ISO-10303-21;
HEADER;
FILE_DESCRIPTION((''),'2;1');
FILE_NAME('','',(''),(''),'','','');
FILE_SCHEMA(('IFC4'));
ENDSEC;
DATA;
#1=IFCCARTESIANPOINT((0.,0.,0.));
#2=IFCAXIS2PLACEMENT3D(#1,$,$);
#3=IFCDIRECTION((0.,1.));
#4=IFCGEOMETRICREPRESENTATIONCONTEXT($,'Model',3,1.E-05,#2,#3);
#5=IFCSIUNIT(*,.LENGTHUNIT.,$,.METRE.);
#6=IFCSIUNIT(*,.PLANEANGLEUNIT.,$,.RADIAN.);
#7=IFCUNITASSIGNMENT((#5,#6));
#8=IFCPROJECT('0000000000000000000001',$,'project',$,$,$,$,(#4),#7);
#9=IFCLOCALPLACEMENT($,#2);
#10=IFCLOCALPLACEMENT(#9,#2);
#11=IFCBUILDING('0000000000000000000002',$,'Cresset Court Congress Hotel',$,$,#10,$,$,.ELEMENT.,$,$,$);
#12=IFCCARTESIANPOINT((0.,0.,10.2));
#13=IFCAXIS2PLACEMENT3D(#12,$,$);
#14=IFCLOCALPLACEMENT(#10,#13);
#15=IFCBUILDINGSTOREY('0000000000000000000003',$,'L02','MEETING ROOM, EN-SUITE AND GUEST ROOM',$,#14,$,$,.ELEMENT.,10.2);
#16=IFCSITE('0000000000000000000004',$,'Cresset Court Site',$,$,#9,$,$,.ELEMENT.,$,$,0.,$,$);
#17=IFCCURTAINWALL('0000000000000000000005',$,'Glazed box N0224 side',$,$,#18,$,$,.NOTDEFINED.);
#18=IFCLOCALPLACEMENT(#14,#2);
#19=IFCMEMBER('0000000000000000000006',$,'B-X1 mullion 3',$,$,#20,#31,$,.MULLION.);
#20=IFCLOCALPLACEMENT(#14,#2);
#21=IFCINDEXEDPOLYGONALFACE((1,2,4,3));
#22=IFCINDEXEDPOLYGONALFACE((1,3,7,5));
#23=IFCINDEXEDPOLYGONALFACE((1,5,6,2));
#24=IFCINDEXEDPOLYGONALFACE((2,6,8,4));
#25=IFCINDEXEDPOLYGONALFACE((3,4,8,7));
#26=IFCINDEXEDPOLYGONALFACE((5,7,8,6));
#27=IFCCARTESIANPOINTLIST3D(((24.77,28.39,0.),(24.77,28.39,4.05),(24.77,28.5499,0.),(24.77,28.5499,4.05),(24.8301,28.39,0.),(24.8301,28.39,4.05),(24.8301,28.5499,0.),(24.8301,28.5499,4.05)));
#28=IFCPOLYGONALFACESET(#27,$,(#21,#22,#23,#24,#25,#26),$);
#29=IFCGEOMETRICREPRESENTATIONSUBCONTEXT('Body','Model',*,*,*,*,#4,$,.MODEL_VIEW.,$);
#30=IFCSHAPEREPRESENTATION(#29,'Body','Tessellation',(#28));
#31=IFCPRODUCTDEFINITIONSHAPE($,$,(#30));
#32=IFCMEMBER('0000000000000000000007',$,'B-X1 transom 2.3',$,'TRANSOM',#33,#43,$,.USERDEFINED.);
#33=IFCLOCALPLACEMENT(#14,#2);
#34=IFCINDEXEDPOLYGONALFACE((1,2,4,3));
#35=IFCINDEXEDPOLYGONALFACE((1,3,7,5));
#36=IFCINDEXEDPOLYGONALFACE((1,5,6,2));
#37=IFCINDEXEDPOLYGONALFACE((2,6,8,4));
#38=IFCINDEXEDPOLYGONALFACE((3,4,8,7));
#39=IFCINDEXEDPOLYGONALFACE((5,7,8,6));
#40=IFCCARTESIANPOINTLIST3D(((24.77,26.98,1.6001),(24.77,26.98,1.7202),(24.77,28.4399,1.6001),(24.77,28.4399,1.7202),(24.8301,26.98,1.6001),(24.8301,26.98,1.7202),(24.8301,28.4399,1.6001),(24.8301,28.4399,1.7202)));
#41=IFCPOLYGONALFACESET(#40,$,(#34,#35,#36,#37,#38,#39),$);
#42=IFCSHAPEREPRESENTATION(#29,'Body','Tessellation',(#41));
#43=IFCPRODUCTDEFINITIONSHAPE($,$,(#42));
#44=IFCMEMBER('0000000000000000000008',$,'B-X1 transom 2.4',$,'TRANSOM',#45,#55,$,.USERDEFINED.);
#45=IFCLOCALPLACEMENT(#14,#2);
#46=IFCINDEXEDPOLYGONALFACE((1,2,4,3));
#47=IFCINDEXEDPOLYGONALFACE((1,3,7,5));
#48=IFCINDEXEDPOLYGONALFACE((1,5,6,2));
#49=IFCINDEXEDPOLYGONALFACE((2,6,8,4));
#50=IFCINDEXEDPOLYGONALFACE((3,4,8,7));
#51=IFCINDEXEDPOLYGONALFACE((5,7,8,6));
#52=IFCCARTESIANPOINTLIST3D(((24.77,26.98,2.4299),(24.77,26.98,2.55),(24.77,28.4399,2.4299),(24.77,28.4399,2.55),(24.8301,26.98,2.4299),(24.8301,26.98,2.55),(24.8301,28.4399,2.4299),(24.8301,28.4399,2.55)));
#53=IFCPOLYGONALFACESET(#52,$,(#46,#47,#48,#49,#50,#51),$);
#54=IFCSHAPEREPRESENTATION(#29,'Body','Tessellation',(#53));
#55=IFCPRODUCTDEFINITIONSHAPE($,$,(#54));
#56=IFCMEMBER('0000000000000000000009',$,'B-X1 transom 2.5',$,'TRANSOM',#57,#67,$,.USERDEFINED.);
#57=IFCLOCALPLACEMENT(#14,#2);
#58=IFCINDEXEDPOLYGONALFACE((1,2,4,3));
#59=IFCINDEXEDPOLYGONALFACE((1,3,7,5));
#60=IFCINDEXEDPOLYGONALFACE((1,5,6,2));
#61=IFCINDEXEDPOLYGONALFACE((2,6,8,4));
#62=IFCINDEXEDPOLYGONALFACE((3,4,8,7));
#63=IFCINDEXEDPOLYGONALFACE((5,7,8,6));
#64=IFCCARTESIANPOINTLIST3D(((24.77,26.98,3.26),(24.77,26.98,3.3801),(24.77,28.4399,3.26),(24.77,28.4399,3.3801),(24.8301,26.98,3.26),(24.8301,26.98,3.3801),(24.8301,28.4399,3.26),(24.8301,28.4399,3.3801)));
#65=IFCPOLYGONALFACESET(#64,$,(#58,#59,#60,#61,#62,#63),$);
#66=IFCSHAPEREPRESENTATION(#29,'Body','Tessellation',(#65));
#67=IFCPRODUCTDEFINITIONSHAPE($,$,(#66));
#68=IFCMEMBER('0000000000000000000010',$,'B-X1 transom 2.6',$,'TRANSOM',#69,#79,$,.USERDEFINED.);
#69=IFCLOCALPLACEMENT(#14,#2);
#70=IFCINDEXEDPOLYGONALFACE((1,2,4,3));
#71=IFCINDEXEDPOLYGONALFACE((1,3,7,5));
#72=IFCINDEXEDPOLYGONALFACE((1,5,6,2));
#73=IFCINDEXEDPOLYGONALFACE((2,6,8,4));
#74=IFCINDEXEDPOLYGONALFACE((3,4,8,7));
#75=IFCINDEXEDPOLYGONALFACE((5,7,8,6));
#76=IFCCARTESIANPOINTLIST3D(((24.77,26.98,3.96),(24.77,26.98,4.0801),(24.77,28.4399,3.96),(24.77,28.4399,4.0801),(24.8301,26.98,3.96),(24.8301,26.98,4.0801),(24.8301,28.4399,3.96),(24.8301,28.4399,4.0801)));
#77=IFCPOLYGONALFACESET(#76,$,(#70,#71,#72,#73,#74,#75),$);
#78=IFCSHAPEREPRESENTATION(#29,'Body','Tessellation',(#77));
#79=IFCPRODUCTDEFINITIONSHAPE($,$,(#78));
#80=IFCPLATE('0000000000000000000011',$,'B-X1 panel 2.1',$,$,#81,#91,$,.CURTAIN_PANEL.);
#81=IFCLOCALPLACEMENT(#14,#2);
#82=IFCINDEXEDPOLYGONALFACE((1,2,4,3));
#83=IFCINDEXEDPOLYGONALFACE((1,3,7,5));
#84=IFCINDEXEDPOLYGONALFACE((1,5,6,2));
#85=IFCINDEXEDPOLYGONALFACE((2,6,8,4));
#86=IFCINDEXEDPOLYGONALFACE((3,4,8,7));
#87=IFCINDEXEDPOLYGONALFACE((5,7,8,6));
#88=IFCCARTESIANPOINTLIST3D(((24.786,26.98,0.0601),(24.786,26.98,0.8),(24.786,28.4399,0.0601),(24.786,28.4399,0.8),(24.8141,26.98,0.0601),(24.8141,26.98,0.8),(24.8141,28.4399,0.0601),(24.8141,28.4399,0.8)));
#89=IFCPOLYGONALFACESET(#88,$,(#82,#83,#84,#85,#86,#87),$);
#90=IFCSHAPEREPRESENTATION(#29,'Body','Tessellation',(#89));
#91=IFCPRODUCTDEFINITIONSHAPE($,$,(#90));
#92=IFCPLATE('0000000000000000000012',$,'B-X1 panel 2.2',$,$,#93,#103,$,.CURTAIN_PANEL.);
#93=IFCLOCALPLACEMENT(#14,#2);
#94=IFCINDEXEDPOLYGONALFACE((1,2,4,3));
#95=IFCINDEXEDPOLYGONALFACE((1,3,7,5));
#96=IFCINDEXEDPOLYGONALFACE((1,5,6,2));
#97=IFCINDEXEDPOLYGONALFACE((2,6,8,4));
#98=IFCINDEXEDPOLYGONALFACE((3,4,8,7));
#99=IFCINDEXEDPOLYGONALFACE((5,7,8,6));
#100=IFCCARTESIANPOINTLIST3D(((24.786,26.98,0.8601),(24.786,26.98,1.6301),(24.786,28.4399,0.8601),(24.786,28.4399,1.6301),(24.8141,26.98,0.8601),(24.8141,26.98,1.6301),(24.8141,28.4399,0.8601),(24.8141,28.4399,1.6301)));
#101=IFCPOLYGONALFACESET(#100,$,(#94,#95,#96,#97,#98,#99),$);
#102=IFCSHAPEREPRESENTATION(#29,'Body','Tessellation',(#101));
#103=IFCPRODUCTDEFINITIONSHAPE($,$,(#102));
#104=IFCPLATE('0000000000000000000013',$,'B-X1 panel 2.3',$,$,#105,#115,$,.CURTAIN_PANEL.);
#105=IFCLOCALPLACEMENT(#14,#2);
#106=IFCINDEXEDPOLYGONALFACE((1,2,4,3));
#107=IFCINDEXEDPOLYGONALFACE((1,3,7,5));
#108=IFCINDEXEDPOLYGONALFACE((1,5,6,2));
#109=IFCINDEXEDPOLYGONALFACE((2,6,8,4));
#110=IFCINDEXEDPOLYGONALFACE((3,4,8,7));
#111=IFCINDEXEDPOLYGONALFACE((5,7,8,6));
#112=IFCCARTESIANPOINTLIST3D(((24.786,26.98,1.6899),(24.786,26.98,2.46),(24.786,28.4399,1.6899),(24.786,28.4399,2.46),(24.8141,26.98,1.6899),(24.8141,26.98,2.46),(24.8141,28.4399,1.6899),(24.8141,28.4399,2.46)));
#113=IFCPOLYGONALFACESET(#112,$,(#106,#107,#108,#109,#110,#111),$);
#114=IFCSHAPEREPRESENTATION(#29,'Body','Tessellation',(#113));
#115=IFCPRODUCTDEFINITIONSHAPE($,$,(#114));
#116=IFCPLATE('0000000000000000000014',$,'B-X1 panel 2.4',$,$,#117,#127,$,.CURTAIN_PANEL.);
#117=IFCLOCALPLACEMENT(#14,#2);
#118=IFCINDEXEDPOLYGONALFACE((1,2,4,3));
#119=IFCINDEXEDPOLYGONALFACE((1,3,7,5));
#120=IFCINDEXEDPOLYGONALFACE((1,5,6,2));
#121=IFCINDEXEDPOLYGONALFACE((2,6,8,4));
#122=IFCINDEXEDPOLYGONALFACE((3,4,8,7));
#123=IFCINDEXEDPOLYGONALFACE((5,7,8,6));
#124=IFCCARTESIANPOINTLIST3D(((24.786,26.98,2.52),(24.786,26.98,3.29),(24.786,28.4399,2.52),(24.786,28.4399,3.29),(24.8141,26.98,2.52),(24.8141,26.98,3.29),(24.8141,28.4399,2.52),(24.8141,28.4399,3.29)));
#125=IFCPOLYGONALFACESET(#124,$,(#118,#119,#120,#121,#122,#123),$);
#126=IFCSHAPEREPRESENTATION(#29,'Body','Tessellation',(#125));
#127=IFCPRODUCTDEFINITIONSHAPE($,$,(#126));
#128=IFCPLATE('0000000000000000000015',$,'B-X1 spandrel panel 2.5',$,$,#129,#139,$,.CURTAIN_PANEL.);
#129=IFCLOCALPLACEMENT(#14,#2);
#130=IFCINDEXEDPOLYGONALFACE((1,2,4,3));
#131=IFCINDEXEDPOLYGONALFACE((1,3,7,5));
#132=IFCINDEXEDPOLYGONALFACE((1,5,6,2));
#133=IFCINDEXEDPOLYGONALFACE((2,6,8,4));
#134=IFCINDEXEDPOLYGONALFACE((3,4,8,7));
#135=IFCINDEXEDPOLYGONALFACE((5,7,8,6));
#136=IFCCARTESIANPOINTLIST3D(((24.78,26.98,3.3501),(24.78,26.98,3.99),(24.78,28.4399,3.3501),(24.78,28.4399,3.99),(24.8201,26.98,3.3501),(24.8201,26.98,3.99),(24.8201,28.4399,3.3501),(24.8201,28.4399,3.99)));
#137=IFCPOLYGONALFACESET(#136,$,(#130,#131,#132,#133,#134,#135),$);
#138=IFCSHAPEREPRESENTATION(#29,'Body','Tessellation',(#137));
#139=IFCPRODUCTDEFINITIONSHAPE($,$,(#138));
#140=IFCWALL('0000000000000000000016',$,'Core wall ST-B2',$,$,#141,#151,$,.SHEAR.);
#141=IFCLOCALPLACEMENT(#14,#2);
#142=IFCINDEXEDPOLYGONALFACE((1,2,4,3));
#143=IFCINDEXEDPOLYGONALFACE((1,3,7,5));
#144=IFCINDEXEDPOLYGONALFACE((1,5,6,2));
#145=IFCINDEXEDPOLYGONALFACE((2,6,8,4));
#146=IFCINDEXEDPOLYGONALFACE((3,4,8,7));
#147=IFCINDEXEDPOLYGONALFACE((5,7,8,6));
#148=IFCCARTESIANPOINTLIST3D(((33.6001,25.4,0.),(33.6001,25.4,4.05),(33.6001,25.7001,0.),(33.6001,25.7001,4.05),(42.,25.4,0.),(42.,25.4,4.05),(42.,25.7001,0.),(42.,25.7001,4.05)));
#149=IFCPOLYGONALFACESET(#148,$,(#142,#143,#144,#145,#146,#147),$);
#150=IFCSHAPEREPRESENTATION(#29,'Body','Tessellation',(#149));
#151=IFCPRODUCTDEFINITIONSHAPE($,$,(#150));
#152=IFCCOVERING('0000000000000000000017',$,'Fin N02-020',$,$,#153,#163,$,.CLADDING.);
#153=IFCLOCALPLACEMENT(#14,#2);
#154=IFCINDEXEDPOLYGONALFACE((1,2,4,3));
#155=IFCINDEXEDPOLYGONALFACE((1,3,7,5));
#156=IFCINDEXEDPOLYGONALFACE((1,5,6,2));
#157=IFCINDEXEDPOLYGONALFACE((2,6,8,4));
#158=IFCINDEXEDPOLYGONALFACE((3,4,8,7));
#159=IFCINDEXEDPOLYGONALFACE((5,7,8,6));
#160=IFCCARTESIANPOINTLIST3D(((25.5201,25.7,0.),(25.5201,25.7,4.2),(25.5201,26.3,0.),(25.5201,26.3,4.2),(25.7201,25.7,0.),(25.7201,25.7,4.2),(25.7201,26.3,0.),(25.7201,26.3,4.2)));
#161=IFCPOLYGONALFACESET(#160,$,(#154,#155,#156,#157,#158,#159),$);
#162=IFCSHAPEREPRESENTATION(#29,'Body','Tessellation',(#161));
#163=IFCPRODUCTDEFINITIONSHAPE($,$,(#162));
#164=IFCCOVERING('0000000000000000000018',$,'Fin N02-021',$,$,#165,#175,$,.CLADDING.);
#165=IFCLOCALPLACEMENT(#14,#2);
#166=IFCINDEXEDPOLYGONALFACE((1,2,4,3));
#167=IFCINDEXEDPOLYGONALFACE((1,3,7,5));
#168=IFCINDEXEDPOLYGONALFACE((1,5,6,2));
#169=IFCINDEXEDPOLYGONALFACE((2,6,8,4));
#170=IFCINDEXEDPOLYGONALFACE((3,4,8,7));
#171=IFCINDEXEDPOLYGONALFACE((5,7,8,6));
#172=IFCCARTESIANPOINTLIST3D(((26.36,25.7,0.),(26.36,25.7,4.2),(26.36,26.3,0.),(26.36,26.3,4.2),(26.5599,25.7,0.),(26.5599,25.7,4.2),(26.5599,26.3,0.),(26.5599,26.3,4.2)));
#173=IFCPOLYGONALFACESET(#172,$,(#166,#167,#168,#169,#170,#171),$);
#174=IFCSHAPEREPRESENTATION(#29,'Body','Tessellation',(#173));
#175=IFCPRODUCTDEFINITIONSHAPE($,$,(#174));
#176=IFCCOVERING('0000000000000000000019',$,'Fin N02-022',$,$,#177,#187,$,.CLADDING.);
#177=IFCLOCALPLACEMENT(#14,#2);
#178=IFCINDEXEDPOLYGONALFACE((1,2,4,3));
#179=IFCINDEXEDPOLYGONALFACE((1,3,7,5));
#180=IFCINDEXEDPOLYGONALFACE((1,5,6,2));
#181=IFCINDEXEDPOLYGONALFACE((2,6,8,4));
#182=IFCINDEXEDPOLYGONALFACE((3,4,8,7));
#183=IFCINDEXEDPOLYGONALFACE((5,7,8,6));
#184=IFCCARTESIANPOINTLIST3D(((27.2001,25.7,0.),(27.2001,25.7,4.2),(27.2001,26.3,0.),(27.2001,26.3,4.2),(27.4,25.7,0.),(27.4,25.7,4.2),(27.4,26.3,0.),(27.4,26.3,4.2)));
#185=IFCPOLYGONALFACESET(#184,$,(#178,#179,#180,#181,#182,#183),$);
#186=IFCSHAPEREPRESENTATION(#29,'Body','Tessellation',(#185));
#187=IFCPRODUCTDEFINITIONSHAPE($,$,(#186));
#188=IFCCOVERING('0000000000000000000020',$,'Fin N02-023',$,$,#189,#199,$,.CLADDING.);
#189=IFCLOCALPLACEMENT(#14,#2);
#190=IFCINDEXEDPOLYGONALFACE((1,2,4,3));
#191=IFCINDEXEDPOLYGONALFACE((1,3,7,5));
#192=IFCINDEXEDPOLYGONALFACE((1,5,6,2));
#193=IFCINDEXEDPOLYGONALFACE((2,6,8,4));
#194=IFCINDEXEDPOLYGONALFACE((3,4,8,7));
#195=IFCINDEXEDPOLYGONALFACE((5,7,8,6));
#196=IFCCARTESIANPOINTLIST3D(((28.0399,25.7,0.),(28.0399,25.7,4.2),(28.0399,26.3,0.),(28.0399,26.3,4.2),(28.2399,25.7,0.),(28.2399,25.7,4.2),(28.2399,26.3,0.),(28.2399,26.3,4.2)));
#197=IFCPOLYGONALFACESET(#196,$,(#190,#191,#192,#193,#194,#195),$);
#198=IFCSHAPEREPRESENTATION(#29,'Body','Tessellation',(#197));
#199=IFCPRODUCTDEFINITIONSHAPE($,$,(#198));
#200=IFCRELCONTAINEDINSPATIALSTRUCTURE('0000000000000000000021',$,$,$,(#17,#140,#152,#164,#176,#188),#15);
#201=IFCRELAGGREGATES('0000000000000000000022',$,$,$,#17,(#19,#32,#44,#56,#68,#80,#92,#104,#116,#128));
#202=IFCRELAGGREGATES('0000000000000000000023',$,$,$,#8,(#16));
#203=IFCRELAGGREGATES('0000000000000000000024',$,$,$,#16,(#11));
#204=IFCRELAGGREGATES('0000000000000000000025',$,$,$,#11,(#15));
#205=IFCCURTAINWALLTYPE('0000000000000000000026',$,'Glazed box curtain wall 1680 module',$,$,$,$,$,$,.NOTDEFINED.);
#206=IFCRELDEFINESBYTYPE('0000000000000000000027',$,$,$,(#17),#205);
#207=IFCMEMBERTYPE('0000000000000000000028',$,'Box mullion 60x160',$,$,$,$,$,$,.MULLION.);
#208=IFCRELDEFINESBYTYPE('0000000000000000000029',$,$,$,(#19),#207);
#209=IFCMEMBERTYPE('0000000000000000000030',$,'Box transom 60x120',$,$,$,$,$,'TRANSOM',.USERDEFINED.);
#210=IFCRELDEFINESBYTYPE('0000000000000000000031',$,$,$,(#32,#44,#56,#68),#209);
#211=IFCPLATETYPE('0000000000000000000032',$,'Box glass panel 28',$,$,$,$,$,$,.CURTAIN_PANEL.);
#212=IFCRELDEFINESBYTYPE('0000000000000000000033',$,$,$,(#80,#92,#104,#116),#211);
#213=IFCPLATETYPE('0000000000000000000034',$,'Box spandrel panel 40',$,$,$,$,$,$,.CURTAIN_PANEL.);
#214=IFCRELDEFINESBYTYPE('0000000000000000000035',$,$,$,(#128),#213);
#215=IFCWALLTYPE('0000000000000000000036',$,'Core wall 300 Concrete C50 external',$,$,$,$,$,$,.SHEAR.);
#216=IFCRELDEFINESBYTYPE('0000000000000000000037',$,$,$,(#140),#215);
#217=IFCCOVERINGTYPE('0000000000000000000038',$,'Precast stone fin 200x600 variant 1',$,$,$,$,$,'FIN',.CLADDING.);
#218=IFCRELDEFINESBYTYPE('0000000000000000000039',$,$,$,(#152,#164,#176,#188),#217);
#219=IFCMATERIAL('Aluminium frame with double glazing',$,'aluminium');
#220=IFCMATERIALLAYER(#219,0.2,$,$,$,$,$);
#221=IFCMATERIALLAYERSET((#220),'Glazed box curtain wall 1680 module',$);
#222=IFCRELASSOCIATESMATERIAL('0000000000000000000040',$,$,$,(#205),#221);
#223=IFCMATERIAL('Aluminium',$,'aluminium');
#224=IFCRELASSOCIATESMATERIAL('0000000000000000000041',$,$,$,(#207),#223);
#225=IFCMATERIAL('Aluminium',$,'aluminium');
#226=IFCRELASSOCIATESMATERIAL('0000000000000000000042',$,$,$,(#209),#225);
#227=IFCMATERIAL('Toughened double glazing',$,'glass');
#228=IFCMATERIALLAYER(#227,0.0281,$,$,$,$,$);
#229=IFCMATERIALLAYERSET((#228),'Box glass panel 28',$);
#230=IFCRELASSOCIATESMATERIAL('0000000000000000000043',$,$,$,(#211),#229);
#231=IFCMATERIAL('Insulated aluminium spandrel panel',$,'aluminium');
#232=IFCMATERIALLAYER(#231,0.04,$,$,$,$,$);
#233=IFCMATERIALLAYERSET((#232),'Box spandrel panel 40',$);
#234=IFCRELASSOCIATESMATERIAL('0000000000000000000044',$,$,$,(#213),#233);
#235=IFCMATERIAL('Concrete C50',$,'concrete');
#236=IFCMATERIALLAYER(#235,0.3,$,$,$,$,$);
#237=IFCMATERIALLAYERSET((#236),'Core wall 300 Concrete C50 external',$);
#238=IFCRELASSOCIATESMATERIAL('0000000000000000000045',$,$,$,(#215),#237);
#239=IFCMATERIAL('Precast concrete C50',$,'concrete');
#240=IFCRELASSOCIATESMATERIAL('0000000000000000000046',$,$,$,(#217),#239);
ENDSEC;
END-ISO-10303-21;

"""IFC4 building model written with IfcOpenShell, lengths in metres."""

from ifc_helpers import new_model, si_unit, direction, frame, frame_2d, origin, origin_2d, place, context, subcontext, project, spatial, rectangle, extrude, material, layer, layer_set, material_profile, profile_set, type_object, element, aggregate, save


model = new_model("IFC4")

# Units and contexts
model_context = context("Model", 3, precision=1e-05, world=origin(), true_north=direction((0.0, 1.0)))
body_context = subcontext(model_context, "Body", "Model", "MODEL_VIEW")
ifc_project = project(units=[si_unit("LENGTHUNIT", "METRE"), si_unit("PLANEANGLEUNIT", "RADIAN")], contexts=[model_context])

# Site, building, storey
site_placement = place(None, origin())
site = spatial("IfcSite", under=ifc_project, at=site_placement, Name="Cresset Court Site", CompositionType="ELEMENT", RefElevation=0.0)
building_placement = place(site_placement, origin())
building = spatial("IfcBuilding", under=site, at=building_placement, Name="Cresset Court Congress Hotel", CompositionType="ELEMENT")
storey_placement = place(building_placement, frame((0.0, 0.0, 10.2)))
storey = spatial("IfcBuildingStorey", under=building, at=storey_placement, Name="L02", Description="MEETING ROOM, EN-SUITE AND GUEST ROOM", CompositionType="ELEMENT", Elevation=10.2)

# Curtain wall, members, plates
ifc_material_1 = material(Name="Aluminium frame with double glazing", Category="aluminium")
ifc_layer_1 = layer(ifc_material_1, 0.2)
ifc_layer_set_1 = layer_set([ifc_layer_1], Name="Glazed box curtain wall 1680 module")
curtain_wall_type = type_object("IfcCurtainWallType", Name="Glazed box curtain wall 1680 module", PredefinedType="NOTDEFINED", material=ifc_layer_set_1)
curtain_wall_placement = place(storey_placement, origin())
curtain_wall = element("IfcCurtainWall", 1, at=curtain_wall_placement, inside=storey, type_object=curtain_wall_type, Name="Glazed box N0224 side", PredefinedType="NOTDEFINED")
ifc_material_2 = material(Name="Aluminium", Category="aluminium")
ifc_material_profile_1 = material_profile(ifc_material_2, rectangle(XDim=0.0601, YDim=0.1599, at=origin_2d()), Name="Box mullion 60x160")
ifc_profile_set_1 = profile_set([ifc_material_profile_1], Name="Aluminium")
member_type_1 = type_object("IfcMemberType", Name="Box mullion 60x160", PredefinedType="MULLION", material=ifc_profile_set_1)
member_1_placement = place(storey_placement, frame((24.8, 28.47, 0.0), z_axis=(0.0, 0.0, 1.0), x_axis=(-1.0, 0.0, 0.0)))
member_1 = element("IfcMember", 2, at=member_1_placement, type_object=member_type_1, Name="B-X1 mullion 3", PredefinedType="MULLION", context=body_context, shape_type="SweptSolid", body=[
    extrude(rectangle(XDim=0.0601, YDim=0.1599, at=origin_2d()), origin(), (0.0, 0.0, 1.0), 4.05),
])
ifc_material_3 = material(Name="Aluminium", Category="aluminium")
ifc_material_profile_2 = material_profile(ifc_material_3, rectangle(XDim=0.0601, YDim=0.1201, at=origin_2d()), Name="Box transom 60x120")
ifc_profile_set_2 = profile_set([ifc_material_profile_2], Name="Aluminium")
member_type_2 = type_object("IfcMemberType", Name="Box transom 60x120", ElementType="TRANSOM", PredefinedType="USERDEFINED", material=ifc_profile_set_2)
member_2_placement = place(storey_placement, frame((24.8, 26.98, 1.6602), z_axis=(0.0, 1.0, 0.0), x_axis=(-1.0, 0.0, 0.0)))
member_2 = element("IfcMember", 3, at=member_2_placement, type_object=member_type_2, Name="B-X1 transom 2.3", ObjectType="TRANSOM", PredefinedType="USERDEFINED", context=body_context, shape_type="SweptSolid", body=[
    extrude(rectangle(XDim=0.0601, YDim=0.1201, at=origin_2d()), origin(), (0.0, 0.0, 1.0), 1.46),
])
member_3_placement = place(storey_placement, frame((24.8, 26.98, 2.49), z_axis=(0.0, 1.0, 0.0), x_axis=(-1.0, 0.0, 0.0)))
member_3 = element("IfcMember", 4, at=member_3_placement, type_object=member_type_2, Name="B-X1 transom 2.4", ObjectType="TRANSOM", PredefinedType="USERDEFINED", context=body_context, shape_type="SweptSolid", body=[
    extrude(rectangle(XDim=0.0601, YDim=0.1201, at=origin_2d()), origin(), (0.0, 0.0, 1.0), 1.46),
])
member_4_placement = place(storey_placement, frame((24.8, 26.98, 3.3201), z_axis=(0.0, 1.0, 0.0), x_axis=(-1.0, 0.0, 0.0)))
member_4 = element("IfcMember", 5, at=member_4_placement, type_object=member_type_2, Name="B-X1 transom 2.5", ObjectType="TRANSOM", PredefinedType="USERDEFINED", context=body_context, shape_type="SweptSolid", body=[
    extrude(rectangle(XDim=0.0601, YDim=0.1201, at=origin_2d()), origin(), (0.0, 0.0, 1.0), 1.46),
])
member_5_placement = place(storey_placement, frame((24.8, 26.98, 4.02), z_axis=(0.0, 1.0, 0.0), x_axis=(-1.0, 0.0, 0.0)))
member_5 = element("IfcMember", 6, at=member_5_placement, type_object=member_type_2, Name="B-X1 transom 2.6", ObjectType="TRANSOM", PredefinedType="USERDEFINED", context=body_context, shape_type="SweptSolid", body=[
    extrude(rectangle(XDim=0.0601, YDim=0.1201, at=origin_2d()), origin(), (0.0, 0.0, 1.0), 1.46),
])
ifc_material_4 = material(Name="Toughened double glazing", Category="glass")
ifc_layer_2 = layer(ifc_material_4, 0.0281)
ifc_layer_set_2 = layer_set([ifc_layer_2], Name="Box glass panel 28")
plate_type_1 = type_object("IfcPlateType", Name="Box glass panel 28", PredefinedType="CURTAIN_PANEL", material=ifc_layer_set_2)
plate_1_placement = place(storey_placement, frame((24.8, 27.71, 0.0601), z_axis=(0.0, 0.0, 1.0), x_axis=(0.0, 1.0, 0.0)))
plate_1 = element("IfcPlate", 7, at=plate_1_placement, type_object=plate_type_1, Name="B-X1 panel 2.1", PredefinedType="CURTAIN_PANEL", context=body_context, shape_type="SweptSolid", body=[
    extrude(rectangle(XDim=1.46, YDim=0.0281, at=origin_2d()), origin(), (0.0, 0.0, 1.0), 0.74),
])
plate_2_placement = place(storey_placement, frame((24.8, 27.71, 0.8601), z_axis=(0.0, 0.0, 1.0), x_axis=(0.0, 1.0, 0.0)))
plate_2 = element("IfcPlate", 8, at=plate_2_placement, type_object=plate_type_1, Name="B-X1 panel 2.2", PredefinedType="CURTAIN_PANEL", context=body_context, shape_type="SweptSolid", body=[
    extrude(rectangle(XDim=1.46, YDim=0.0281, at=origin_2d()), origin(), (0.0, 0.0, 1.0), 0.77),
])
plate_3_placement = place(storey_placement, frame((24.8, 27.71, 1.6899), z_axis=(0.0, 0.0, 1.0), x_axis=(0.0, 1.0, 0.0)))
plate_3 = element("IfcPlate", 9, at=plate_3_placement, type_object=plate_type_1, Name="B-X1 panel 2.3", PredefinedType="CURTAIN_PANEL", context=body_context, shape_type="SweptSolid", body=[
    extrude(rectangle(XDim=1.46, YDim=0.0281, at=origin_2d()), origin(), (0.0, 0.0, 1.0), 0.77),
])
plate_4_placement = place(storey_placement, frame((24.8, 27.71, 2.52), z_axis=(0.0, 0.0, 1.0), x_axis=(0.0, 1.0, 0.0)))
plate_4 = element("IfcPlate", 10, at=plate_4_placement, type_object=plate_type_1, Name="B-X1 panel 2.4", PredefinedType="CURTAIN_PANEL", context=body_context, shape_type="SweptSolid", body=[
    extrude(rectangle(XDim=1.46, YDim=0.0281, at=origin_2d()), origin(), (0.0, 0.0, 1.0), 0.77),
])
ifc_material_5 = material(Name="Insulated aluminium spandrel panel", Category="aluminium")
ifc_layer_3 = layer(ifc_material_5, 0.04)
ifc_layer_set_3 = layer_set([ifc_layer_3], Name="Box spandrel panel 40")
plate_type_2 = type_object("IfcPlateType", Name="Box spandrel panel 40", PredefinedType="CURTAIN_PANEL", material=ifc_layer_set_3)
plate_5_placement = place(storey_placement, frame((24.8, 27.71, 3.3501), z_axis=(0.0, 0.0, 1.0), x_axis=(0.0, 1.0, 0.0)))
plate_5 = element("IfcPlate", 11, at=plate_5_placement, type_object=plate_type_2, Name="B-X1 spandrel panel 2.5", PredefinedType="CURTAIN_PANEL", context=body_context, shape_type="SweptSolid", body=[
    extrude(rectangle(XDim=1.46, YDim=0.04, at=origin_2d()), origin(), (0.0, 0.0, 1.0), 0.6399),
])
aggregate(curtain_wall, [member_1, member_2, member_3, member_4, member_5, plate_1, plate_2, plate_3, plate_4, plate_5])

# Wall
ifc_material_6 = material(Name="Concrete C50", Category="concrete")
ifc_layer_4 = layer(ifc_material_6, 0.3)
ifc_layer_set_4 = layer_set([ifc_layer_4], Name="Core wall 300 Concrete C50 external")
wall_type = type_object("IfcWallType", Name="Core wall 300 Concrete C50 external", PredefinedType="SHEAR", material=ifc_layer_set_4)
wall_placement = place(storey_placement, frame((33.6001, 25.55, 0.0), z_axis=(0.0, 0.0, 1.0), x_axis=(1.0, 0.0, 0.0)))
element("IfcWall", 12, at=wall_placement, inside=storey, type_object=wall_type, Name="Core wall ST-B2", PredefinedType="SHEAR", context=body_context, shape_type="SweptSolid", body=[
    extrude(rectangle(XDim=8.3999, YDim=0.3, at=frame_2d((4.2, 0.0))), origin(), (0.0, 0.0, 1.0), 4.05),
])

# Coverings
ifc_material_7 = material(Name="Precast concrete C50", Category="concrete")
covering_type_1 = type_object("IfcCoveringType", Name="Precast stone fin 200x600 variant 1", ElementType="FIN", PredefinedType="CLADDING", material=ifc_material_7)
for number, where, z_axis, x_axis, name in (
    (13, (25.6201, 26.0, 0.0), (0.0, 0.0, 1.0), (1.0, 0.0, 0.0), "Fin N02-020"),
    (14, (26.46, 26.0, 0.0), (0.0, 0.0, 1.0), (1.0, 0.0, 0.0), "Fin N02-021"),
    (15, (27.3, 26.0, 0.0), (0.0, 0.0, 1.0), (1.0, 0.0, 0.0), "Fin N02-022"),
    (16, (28.1399, 26.0, 0.0), (0.0, 0.0, 1.0), (1.0, 0.0, 0.0), "Fin N02-023"),
):
    element("IfcCovering", number, at=place(storey_placement, frame(where, z_axis=z_axis, x_axis=x_axis)), inside=storey, type_object=covering_type_1, Name=name, PredefinedType="CLADDING", context=body_context, shape_type="SweptSolid", body=[
        extrude(rectangle(XDim=0.2, YDim=0.6001, at=origin_2d()), origin(), (0.0, 0.0, 1.0), 4.2),
    ])

save(model, "model.ifc")
